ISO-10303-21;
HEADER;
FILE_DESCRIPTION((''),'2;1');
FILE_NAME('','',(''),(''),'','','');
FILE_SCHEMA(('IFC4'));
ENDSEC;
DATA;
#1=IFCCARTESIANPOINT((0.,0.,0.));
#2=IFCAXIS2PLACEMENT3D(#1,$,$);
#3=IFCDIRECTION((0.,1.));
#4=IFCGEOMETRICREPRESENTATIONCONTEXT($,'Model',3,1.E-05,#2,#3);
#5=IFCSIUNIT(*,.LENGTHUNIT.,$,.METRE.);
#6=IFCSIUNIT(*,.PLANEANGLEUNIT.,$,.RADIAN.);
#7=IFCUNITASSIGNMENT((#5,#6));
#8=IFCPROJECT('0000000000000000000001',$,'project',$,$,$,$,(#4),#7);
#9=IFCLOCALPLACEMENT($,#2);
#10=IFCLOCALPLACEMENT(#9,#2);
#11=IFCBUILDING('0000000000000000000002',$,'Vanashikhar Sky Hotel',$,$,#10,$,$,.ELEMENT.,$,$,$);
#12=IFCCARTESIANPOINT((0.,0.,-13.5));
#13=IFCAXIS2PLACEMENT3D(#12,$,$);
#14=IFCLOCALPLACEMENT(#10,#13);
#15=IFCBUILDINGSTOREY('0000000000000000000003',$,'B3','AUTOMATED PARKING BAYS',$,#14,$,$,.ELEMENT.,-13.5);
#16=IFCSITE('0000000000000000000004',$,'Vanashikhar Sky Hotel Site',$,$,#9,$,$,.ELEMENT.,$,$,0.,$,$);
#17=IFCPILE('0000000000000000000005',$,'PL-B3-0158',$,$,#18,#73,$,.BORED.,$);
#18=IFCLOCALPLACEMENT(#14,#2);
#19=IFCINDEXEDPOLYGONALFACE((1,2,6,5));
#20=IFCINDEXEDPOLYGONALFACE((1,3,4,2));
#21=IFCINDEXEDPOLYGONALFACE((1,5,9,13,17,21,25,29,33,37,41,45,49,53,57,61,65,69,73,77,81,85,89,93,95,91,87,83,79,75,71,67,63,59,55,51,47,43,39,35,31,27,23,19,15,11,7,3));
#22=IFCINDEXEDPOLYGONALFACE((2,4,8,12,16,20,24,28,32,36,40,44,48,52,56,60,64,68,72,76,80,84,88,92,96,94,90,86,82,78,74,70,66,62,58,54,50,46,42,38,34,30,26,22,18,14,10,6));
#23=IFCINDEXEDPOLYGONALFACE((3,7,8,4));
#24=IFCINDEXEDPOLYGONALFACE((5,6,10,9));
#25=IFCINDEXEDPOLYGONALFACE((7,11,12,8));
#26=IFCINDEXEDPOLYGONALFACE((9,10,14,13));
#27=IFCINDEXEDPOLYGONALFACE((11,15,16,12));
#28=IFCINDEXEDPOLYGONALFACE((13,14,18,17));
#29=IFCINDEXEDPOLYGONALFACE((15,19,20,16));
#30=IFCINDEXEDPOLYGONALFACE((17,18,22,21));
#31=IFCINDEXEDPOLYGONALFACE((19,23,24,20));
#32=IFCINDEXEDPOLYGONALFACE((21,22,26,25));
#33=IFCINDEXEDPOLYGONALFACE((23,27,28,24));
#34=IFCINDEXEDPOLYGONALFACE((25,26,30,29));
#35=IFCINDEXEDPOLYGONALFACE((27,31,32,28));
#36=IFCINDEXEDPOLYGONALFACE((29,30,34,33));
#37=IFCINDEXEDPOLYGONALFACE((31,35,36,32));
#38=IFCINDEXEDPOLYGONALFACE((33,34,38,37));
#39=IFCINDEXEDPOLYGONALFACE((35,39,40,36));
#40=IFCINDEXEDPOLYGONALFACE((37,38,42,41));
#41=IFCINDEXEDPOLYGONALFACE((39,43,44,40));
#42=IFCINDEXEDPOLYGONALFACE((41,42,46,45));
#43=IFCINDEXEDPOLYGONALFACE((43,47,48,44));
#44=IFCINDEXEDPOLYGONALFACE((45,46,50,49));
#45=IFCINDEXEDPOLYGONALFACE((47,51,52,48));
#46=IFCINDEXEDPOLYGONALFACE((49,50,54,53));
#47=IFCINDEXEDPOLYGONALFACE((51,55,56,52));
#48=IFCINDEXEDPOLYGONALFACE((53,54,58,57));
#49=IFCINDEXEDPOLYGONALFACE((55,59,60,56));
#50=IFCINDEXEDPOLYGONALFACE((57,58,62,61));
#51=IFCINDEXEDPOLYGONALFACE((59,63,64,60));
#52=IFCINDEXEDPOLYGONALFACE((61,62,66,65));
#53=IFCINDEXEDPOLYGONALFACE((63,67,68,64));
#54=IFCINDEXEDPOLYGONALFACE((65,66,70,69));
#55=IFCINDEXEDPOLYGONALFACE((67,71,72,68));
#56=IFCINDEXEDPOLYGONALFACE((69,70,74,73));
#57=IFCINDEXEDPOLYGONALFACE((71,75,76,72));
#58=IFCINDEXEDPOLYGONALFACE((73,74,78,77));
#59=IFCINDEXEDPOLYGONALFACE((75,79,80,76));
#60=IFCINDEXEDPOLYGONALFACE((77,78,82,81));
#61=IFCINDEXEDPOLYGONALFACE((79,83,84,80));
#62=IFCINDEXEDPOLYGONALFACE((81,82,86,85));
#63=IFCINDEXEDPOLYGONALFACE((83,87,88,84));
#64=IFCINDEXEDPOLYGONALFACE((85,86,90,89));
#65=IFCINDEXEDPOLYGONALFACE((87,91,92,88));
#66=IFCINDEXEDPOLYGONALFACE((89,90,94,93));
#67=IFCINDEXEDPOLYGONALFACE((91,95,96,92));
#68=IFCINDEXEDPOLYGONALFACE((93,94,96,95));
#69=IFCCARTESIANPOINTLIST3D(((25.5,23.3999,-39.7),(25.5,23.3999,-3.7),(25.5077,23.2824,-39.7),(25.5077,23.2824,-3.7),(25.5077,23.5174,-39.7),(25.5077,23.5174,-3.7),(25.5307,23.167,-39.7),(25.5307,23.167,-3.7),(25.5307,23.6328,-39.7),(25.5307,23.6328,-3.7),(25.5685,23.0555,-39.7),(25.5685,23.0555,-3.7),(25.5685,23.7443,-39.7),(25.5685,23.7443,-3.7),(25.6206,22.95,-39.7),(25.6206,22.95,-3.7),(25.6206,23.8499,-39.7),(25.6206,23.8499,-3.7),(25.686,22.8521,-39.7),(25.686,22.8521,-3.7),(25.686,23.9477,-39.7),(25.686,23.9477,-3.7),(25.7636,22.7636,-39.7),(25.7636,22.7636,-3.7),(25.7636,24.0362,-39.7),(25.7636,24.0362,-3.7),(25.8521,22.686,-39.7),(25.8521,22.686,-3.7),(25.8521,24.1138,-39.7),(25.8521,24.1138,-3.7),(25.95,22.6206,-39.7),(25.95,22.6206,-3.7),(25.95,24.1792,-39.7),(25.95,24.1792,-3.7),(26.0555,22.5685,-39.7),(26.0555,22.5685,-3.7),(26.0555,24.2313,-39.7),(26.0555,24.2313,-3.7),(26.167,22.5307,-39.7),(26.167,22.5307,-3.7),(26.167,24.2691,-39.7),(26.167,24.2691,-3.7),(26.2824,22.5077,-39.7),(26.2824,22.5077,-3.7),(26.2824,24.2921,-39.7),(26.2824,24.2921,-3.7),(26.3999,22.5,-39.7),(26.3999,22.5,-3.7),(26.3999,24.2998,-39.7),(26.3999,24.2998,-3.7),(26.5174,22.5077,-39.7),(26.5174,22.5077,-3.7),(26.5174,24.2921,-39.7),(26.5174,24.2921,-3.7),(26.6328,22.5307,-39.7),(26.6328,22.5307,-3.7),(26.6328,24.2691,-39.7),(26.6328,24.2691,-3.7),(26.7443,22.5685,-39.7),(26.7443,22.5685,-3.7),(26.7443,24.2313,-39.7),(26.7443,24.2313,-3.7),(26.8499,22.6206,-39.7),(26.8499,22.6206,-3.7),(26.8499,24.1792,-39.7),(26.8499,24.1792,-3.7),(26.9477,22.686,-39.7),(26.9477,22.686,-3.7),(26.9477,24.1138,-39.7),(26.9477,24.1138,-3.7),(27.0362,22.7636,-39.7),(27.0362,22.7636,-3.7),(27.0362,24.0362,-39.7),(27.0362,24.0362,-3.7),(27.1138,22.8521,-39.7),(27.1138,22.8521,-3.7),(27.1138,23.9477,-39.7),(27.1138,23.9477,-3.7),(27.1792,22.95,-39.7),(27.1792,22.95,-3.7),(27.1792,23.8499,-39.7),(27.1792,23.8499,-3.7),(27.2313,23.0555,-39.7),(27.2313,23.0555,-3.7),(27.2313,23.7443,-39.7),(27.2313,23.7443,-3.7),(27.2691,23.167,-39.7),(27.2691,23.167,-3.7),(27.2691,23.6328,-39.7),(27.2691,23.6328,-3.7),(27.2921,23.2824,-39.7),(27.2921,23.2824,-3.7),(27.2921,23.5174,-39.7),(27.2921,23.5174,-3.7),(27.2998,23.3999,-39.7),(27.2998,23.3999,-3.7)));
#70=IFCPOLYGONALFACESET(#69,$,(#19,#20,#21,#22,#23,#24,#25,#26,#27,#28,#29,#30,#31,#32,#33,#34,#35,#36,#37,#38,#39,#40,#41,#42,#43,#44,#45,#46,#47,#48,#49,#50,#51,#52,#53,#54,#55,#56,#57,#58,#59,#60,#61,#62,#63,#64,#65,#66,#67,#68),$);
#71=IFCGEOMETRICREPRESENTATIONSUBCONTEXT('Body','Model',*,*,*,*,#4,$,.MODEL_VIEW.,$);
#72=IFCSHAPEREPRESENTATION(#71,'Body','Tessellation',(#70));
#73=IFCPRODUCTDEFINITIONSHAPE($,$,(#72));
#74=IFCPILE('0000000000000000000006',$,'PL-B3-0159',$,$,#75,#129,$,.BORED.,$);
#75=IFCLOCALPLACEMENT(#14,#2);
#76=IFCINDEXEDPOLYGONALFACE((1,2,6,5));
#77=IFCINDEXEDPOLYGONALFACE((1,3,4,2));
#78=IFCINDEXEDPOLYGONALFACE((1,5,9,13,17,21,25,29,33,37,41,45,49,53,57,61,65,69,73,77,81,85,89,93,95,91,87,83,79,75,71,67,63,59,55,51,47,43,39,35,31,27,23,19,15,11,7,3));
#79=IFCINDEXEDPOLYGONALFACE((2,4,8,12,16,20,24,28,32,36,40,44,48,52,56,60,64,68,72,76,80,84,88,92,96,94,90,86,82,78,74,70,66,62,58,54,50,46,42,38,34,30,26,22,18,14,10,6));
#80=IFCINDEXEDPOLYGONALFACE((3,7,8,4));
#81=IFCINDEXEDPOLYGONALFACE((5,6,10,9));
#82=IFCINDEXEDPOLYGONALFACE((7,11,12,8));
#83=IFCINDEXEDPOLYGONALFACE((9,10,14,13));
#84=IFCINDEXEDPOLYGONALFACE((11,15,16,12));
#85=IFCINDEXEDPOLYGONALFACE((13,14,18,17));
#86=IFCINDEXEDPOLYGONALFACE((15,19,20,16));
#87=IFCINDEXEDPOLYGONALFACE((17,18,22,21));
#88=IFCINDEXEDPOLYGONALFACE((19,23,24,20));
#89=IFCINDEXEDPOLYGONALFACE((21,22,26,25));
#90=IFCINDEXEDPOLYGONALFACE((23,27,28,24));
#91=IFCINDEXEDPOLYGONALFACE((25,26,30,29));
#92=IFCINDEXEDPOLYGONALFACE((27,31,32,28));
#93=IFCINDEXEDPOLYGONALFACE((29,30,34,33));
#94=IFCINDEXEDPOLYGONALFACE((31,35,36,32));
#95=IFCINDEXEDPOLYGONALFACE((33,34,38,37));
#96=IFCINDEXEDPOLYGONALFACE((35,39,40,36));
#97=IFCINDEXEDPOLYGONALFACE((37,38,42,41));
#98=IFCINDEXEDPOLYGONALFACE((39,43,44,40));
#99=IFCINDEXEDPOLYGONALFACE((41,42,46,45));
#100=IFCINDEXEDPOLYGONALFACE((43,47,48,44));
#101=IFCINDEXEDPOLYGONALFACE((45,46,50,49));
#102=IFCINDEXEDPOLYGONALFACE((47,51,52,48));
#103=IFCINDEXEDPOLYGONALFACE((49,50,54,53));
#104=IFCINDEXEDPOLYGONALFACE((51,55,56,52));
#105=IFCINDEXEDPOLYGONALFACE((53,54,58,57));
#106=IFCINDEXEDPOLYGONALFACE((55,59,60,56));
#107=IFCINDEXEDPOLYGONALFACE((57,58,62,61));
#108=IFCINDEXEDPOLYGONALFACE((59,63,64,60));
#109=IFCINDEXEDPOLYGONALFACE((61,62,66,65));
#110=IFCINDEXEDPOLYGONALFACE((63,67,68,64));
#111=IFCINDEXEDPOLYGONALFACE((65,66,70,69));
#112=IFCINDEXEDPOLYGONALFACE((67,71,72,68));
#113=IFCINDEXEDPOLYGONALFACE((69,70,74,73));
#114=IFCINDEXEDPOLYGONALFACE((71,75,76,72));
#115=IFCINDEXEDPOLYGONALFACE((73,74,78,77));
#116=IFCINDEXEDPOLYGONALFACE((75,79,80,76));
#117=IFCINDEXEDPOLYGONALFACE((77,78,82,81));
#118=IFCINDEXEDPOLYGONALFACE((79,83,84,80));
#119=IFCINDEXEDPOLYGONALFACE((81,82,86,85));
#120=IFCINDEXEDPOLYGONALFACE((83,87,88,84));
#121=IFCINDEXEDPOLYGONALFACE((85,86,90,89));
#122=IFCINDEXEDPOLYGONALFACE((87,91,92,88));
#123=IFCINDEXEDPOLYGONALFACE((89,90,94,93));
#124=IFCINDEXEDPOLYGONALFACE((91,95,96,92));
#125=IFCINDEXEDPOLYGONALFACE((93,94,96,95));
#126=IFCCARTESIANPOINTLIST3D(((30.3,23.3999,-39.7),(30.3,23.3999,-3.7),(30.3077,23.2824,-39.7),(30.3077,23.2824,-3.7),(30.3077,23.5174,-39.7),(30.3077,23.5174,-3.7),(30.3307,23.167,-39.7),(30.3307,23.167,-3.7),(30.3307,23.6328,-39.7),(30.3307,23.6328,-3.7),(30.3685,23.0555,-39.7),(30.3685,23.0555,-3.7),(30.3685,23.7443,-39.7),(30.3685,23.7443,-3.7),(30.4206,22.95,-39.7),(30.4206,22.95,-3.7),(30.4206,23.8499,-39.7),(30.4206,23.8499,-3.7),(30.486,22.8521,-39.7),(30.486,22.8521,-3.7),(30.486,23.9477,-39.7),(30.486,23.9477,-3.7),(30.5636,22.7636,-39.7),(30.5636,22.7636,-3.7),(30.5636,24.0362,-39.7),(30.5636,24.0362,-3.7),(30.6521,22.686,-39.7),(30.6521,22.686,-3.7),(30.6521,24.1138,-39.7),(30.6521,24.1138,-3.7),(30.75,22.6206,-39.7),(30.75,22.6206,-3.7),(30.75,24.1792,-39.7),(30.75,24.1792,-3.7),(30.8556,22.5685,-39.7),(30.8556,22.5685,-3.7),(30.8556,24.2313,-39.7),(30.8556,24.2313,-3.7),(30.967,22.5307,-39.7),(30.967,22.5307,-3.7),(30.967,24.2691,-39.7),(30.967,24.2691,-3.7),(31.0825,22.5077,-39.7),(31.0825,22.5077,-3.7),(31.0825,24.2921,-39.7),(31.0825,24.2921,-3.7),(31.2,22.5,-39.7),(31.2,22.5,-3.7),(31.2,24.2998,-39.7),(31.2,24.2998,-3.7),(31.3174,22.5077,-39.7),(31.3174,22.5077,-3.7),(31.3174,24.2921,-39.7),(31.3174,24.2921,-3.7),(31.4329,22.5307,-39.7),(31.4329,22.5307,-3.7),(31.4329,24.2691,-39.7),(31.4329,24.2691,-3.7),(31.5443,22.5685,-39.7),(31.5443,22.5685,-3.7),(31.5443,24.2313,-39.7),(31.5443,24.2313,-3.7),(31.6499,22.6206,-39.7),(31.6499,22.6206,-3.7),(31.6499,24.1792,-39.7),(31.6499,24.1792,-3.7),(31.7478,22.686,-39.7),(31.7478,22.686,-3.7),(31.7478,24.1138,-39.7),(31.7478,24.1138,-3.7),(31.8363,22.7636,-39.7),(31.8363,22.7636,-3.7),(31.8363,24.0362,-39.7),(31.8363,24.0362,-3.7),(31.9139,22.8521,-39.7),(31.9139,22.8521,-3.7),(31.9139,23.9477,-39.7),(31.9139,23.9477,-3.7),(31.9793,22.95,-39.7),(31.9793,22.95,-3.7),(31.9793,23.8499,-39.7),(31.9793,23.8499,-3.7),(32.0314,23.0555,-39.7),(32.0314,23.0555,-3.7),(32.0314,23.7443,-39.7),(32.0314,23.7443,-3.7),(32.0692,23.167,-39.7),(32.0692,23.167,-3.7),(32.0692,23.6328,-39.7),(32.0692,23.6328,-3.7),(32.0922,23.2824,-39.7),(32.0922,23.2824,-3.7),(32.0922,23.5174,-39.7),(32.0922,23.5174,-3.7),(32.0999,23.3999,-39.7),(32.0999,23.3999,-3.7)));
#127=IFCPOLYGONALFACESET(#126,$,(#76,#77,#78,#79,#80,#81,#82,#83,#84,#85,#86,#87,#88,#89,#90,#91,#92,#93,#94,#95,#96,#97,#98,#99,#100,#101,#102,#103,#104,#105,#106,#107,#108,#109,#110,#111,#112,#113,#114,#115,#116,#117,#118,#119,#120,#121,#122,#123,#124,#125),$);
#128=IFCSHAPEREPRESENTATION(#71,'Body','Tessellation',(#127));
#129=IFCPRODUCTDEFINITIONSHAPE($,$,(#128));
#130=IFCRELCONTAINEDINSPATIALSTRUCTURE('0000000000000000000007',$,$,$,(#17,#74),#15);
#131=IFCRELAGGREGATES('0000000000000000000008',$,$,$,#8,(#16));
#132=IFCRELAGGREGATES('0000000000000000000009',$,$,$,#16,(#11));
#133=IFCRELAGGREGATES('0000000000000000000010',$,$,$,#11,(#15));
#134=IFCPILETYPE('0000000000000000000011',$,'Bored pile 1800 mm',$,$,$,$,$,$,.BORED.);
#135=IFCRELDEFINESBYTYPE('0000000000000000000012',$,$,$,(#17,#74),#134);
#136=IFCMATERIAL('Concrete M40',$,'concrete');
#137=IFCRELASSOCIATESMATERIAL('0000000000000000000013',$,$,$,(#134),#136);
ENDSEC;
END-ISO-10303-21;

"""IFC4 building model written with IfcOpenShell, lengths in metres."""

from ifc_helpers import new_model, si_unit, direction, frame, origin, origin_2d, place, context, subcontext, project, spatial, circle, extrude, source, transform, mapped, material, type_object, element, save


model = new_model("IFC4")

# Units and contexts
model_context = context("Model", 3, precision=1e-05, world=origin(), true_north=direction((0.0, 1.0)))
body_context = subcontext(model_context, "Body", "Model", "MODEL_VIEW")
ifc_project = project(units=[si_unit("LENGTHUNIT", "METRE"), si_unit("PLANEANGLEUNIT", "RADIAN")], contexts=[model_context])

# Site, building, storey
site_placement = place(None, origin())
site = spatial("IfcSite", under=ifc_project, at=site_placement, Name="Vanashikhar Sky Hotel Site", CompositionType="ELEMENT", RefElevation=0.0)
building_placement = place(site_placement, origin())
building = spatial("IfcBuilding", under=site, at=building_placement, Name="Vanashikhar Sky Hotel", CompositionType="ELEMENT")
storey_placement = place(building_placement, frame((0.0, 0.0, -13.5)))
storey = spatial("IfcBuildingStorey", under=building, at=storey_placement, Name="B3", Description="AUTOMATED PARKING BAYS", CompositionType="ELEMENT", Elevation=-13.5)

# Piles
ifc_material_1 = material(Name="Concrete M40", Category="concrete")
pile_type = type_object("IfcPileType", Name="Bored pile 1800 mm", PredefinedType="BORED", material=ifc_material_1)
shared_shape_1 = source(origin(), body_context, "Body", "SweptSolid", [
    extrude(circle(Radius=0.8999, at=origin_2d()), origin(), (0.0, 0.0, 1.0), 36.0),
])
for number, where, z_axis, x_axis, name in (
    (1, (26.3999, 23.3999, -3.7), (0.0, 0.0, -1.0), (1.0, 0.0, 0.0), "PL-B3-0158"),
    (2, (31.2, 23.3999, -3.7), (0.0, 0.0, -1.0), (1.0, 0.0, 0.0), "PL-B3-0159"),
):
    element("IfcPile", number, at=place(storey_placement, frame(where, z_axis=z_axis, x_axis=x_axis)), inside=storey, type_object=pile_type, Name=name, PredefinedType="BORED", context=body_context, shape_type="MappedRepresentation", body=[
        mapped(shared_shape_1, transform((0.0, 0.0, 0.0), scale=1.0)),
    ])

save(model, "model.ifc")
